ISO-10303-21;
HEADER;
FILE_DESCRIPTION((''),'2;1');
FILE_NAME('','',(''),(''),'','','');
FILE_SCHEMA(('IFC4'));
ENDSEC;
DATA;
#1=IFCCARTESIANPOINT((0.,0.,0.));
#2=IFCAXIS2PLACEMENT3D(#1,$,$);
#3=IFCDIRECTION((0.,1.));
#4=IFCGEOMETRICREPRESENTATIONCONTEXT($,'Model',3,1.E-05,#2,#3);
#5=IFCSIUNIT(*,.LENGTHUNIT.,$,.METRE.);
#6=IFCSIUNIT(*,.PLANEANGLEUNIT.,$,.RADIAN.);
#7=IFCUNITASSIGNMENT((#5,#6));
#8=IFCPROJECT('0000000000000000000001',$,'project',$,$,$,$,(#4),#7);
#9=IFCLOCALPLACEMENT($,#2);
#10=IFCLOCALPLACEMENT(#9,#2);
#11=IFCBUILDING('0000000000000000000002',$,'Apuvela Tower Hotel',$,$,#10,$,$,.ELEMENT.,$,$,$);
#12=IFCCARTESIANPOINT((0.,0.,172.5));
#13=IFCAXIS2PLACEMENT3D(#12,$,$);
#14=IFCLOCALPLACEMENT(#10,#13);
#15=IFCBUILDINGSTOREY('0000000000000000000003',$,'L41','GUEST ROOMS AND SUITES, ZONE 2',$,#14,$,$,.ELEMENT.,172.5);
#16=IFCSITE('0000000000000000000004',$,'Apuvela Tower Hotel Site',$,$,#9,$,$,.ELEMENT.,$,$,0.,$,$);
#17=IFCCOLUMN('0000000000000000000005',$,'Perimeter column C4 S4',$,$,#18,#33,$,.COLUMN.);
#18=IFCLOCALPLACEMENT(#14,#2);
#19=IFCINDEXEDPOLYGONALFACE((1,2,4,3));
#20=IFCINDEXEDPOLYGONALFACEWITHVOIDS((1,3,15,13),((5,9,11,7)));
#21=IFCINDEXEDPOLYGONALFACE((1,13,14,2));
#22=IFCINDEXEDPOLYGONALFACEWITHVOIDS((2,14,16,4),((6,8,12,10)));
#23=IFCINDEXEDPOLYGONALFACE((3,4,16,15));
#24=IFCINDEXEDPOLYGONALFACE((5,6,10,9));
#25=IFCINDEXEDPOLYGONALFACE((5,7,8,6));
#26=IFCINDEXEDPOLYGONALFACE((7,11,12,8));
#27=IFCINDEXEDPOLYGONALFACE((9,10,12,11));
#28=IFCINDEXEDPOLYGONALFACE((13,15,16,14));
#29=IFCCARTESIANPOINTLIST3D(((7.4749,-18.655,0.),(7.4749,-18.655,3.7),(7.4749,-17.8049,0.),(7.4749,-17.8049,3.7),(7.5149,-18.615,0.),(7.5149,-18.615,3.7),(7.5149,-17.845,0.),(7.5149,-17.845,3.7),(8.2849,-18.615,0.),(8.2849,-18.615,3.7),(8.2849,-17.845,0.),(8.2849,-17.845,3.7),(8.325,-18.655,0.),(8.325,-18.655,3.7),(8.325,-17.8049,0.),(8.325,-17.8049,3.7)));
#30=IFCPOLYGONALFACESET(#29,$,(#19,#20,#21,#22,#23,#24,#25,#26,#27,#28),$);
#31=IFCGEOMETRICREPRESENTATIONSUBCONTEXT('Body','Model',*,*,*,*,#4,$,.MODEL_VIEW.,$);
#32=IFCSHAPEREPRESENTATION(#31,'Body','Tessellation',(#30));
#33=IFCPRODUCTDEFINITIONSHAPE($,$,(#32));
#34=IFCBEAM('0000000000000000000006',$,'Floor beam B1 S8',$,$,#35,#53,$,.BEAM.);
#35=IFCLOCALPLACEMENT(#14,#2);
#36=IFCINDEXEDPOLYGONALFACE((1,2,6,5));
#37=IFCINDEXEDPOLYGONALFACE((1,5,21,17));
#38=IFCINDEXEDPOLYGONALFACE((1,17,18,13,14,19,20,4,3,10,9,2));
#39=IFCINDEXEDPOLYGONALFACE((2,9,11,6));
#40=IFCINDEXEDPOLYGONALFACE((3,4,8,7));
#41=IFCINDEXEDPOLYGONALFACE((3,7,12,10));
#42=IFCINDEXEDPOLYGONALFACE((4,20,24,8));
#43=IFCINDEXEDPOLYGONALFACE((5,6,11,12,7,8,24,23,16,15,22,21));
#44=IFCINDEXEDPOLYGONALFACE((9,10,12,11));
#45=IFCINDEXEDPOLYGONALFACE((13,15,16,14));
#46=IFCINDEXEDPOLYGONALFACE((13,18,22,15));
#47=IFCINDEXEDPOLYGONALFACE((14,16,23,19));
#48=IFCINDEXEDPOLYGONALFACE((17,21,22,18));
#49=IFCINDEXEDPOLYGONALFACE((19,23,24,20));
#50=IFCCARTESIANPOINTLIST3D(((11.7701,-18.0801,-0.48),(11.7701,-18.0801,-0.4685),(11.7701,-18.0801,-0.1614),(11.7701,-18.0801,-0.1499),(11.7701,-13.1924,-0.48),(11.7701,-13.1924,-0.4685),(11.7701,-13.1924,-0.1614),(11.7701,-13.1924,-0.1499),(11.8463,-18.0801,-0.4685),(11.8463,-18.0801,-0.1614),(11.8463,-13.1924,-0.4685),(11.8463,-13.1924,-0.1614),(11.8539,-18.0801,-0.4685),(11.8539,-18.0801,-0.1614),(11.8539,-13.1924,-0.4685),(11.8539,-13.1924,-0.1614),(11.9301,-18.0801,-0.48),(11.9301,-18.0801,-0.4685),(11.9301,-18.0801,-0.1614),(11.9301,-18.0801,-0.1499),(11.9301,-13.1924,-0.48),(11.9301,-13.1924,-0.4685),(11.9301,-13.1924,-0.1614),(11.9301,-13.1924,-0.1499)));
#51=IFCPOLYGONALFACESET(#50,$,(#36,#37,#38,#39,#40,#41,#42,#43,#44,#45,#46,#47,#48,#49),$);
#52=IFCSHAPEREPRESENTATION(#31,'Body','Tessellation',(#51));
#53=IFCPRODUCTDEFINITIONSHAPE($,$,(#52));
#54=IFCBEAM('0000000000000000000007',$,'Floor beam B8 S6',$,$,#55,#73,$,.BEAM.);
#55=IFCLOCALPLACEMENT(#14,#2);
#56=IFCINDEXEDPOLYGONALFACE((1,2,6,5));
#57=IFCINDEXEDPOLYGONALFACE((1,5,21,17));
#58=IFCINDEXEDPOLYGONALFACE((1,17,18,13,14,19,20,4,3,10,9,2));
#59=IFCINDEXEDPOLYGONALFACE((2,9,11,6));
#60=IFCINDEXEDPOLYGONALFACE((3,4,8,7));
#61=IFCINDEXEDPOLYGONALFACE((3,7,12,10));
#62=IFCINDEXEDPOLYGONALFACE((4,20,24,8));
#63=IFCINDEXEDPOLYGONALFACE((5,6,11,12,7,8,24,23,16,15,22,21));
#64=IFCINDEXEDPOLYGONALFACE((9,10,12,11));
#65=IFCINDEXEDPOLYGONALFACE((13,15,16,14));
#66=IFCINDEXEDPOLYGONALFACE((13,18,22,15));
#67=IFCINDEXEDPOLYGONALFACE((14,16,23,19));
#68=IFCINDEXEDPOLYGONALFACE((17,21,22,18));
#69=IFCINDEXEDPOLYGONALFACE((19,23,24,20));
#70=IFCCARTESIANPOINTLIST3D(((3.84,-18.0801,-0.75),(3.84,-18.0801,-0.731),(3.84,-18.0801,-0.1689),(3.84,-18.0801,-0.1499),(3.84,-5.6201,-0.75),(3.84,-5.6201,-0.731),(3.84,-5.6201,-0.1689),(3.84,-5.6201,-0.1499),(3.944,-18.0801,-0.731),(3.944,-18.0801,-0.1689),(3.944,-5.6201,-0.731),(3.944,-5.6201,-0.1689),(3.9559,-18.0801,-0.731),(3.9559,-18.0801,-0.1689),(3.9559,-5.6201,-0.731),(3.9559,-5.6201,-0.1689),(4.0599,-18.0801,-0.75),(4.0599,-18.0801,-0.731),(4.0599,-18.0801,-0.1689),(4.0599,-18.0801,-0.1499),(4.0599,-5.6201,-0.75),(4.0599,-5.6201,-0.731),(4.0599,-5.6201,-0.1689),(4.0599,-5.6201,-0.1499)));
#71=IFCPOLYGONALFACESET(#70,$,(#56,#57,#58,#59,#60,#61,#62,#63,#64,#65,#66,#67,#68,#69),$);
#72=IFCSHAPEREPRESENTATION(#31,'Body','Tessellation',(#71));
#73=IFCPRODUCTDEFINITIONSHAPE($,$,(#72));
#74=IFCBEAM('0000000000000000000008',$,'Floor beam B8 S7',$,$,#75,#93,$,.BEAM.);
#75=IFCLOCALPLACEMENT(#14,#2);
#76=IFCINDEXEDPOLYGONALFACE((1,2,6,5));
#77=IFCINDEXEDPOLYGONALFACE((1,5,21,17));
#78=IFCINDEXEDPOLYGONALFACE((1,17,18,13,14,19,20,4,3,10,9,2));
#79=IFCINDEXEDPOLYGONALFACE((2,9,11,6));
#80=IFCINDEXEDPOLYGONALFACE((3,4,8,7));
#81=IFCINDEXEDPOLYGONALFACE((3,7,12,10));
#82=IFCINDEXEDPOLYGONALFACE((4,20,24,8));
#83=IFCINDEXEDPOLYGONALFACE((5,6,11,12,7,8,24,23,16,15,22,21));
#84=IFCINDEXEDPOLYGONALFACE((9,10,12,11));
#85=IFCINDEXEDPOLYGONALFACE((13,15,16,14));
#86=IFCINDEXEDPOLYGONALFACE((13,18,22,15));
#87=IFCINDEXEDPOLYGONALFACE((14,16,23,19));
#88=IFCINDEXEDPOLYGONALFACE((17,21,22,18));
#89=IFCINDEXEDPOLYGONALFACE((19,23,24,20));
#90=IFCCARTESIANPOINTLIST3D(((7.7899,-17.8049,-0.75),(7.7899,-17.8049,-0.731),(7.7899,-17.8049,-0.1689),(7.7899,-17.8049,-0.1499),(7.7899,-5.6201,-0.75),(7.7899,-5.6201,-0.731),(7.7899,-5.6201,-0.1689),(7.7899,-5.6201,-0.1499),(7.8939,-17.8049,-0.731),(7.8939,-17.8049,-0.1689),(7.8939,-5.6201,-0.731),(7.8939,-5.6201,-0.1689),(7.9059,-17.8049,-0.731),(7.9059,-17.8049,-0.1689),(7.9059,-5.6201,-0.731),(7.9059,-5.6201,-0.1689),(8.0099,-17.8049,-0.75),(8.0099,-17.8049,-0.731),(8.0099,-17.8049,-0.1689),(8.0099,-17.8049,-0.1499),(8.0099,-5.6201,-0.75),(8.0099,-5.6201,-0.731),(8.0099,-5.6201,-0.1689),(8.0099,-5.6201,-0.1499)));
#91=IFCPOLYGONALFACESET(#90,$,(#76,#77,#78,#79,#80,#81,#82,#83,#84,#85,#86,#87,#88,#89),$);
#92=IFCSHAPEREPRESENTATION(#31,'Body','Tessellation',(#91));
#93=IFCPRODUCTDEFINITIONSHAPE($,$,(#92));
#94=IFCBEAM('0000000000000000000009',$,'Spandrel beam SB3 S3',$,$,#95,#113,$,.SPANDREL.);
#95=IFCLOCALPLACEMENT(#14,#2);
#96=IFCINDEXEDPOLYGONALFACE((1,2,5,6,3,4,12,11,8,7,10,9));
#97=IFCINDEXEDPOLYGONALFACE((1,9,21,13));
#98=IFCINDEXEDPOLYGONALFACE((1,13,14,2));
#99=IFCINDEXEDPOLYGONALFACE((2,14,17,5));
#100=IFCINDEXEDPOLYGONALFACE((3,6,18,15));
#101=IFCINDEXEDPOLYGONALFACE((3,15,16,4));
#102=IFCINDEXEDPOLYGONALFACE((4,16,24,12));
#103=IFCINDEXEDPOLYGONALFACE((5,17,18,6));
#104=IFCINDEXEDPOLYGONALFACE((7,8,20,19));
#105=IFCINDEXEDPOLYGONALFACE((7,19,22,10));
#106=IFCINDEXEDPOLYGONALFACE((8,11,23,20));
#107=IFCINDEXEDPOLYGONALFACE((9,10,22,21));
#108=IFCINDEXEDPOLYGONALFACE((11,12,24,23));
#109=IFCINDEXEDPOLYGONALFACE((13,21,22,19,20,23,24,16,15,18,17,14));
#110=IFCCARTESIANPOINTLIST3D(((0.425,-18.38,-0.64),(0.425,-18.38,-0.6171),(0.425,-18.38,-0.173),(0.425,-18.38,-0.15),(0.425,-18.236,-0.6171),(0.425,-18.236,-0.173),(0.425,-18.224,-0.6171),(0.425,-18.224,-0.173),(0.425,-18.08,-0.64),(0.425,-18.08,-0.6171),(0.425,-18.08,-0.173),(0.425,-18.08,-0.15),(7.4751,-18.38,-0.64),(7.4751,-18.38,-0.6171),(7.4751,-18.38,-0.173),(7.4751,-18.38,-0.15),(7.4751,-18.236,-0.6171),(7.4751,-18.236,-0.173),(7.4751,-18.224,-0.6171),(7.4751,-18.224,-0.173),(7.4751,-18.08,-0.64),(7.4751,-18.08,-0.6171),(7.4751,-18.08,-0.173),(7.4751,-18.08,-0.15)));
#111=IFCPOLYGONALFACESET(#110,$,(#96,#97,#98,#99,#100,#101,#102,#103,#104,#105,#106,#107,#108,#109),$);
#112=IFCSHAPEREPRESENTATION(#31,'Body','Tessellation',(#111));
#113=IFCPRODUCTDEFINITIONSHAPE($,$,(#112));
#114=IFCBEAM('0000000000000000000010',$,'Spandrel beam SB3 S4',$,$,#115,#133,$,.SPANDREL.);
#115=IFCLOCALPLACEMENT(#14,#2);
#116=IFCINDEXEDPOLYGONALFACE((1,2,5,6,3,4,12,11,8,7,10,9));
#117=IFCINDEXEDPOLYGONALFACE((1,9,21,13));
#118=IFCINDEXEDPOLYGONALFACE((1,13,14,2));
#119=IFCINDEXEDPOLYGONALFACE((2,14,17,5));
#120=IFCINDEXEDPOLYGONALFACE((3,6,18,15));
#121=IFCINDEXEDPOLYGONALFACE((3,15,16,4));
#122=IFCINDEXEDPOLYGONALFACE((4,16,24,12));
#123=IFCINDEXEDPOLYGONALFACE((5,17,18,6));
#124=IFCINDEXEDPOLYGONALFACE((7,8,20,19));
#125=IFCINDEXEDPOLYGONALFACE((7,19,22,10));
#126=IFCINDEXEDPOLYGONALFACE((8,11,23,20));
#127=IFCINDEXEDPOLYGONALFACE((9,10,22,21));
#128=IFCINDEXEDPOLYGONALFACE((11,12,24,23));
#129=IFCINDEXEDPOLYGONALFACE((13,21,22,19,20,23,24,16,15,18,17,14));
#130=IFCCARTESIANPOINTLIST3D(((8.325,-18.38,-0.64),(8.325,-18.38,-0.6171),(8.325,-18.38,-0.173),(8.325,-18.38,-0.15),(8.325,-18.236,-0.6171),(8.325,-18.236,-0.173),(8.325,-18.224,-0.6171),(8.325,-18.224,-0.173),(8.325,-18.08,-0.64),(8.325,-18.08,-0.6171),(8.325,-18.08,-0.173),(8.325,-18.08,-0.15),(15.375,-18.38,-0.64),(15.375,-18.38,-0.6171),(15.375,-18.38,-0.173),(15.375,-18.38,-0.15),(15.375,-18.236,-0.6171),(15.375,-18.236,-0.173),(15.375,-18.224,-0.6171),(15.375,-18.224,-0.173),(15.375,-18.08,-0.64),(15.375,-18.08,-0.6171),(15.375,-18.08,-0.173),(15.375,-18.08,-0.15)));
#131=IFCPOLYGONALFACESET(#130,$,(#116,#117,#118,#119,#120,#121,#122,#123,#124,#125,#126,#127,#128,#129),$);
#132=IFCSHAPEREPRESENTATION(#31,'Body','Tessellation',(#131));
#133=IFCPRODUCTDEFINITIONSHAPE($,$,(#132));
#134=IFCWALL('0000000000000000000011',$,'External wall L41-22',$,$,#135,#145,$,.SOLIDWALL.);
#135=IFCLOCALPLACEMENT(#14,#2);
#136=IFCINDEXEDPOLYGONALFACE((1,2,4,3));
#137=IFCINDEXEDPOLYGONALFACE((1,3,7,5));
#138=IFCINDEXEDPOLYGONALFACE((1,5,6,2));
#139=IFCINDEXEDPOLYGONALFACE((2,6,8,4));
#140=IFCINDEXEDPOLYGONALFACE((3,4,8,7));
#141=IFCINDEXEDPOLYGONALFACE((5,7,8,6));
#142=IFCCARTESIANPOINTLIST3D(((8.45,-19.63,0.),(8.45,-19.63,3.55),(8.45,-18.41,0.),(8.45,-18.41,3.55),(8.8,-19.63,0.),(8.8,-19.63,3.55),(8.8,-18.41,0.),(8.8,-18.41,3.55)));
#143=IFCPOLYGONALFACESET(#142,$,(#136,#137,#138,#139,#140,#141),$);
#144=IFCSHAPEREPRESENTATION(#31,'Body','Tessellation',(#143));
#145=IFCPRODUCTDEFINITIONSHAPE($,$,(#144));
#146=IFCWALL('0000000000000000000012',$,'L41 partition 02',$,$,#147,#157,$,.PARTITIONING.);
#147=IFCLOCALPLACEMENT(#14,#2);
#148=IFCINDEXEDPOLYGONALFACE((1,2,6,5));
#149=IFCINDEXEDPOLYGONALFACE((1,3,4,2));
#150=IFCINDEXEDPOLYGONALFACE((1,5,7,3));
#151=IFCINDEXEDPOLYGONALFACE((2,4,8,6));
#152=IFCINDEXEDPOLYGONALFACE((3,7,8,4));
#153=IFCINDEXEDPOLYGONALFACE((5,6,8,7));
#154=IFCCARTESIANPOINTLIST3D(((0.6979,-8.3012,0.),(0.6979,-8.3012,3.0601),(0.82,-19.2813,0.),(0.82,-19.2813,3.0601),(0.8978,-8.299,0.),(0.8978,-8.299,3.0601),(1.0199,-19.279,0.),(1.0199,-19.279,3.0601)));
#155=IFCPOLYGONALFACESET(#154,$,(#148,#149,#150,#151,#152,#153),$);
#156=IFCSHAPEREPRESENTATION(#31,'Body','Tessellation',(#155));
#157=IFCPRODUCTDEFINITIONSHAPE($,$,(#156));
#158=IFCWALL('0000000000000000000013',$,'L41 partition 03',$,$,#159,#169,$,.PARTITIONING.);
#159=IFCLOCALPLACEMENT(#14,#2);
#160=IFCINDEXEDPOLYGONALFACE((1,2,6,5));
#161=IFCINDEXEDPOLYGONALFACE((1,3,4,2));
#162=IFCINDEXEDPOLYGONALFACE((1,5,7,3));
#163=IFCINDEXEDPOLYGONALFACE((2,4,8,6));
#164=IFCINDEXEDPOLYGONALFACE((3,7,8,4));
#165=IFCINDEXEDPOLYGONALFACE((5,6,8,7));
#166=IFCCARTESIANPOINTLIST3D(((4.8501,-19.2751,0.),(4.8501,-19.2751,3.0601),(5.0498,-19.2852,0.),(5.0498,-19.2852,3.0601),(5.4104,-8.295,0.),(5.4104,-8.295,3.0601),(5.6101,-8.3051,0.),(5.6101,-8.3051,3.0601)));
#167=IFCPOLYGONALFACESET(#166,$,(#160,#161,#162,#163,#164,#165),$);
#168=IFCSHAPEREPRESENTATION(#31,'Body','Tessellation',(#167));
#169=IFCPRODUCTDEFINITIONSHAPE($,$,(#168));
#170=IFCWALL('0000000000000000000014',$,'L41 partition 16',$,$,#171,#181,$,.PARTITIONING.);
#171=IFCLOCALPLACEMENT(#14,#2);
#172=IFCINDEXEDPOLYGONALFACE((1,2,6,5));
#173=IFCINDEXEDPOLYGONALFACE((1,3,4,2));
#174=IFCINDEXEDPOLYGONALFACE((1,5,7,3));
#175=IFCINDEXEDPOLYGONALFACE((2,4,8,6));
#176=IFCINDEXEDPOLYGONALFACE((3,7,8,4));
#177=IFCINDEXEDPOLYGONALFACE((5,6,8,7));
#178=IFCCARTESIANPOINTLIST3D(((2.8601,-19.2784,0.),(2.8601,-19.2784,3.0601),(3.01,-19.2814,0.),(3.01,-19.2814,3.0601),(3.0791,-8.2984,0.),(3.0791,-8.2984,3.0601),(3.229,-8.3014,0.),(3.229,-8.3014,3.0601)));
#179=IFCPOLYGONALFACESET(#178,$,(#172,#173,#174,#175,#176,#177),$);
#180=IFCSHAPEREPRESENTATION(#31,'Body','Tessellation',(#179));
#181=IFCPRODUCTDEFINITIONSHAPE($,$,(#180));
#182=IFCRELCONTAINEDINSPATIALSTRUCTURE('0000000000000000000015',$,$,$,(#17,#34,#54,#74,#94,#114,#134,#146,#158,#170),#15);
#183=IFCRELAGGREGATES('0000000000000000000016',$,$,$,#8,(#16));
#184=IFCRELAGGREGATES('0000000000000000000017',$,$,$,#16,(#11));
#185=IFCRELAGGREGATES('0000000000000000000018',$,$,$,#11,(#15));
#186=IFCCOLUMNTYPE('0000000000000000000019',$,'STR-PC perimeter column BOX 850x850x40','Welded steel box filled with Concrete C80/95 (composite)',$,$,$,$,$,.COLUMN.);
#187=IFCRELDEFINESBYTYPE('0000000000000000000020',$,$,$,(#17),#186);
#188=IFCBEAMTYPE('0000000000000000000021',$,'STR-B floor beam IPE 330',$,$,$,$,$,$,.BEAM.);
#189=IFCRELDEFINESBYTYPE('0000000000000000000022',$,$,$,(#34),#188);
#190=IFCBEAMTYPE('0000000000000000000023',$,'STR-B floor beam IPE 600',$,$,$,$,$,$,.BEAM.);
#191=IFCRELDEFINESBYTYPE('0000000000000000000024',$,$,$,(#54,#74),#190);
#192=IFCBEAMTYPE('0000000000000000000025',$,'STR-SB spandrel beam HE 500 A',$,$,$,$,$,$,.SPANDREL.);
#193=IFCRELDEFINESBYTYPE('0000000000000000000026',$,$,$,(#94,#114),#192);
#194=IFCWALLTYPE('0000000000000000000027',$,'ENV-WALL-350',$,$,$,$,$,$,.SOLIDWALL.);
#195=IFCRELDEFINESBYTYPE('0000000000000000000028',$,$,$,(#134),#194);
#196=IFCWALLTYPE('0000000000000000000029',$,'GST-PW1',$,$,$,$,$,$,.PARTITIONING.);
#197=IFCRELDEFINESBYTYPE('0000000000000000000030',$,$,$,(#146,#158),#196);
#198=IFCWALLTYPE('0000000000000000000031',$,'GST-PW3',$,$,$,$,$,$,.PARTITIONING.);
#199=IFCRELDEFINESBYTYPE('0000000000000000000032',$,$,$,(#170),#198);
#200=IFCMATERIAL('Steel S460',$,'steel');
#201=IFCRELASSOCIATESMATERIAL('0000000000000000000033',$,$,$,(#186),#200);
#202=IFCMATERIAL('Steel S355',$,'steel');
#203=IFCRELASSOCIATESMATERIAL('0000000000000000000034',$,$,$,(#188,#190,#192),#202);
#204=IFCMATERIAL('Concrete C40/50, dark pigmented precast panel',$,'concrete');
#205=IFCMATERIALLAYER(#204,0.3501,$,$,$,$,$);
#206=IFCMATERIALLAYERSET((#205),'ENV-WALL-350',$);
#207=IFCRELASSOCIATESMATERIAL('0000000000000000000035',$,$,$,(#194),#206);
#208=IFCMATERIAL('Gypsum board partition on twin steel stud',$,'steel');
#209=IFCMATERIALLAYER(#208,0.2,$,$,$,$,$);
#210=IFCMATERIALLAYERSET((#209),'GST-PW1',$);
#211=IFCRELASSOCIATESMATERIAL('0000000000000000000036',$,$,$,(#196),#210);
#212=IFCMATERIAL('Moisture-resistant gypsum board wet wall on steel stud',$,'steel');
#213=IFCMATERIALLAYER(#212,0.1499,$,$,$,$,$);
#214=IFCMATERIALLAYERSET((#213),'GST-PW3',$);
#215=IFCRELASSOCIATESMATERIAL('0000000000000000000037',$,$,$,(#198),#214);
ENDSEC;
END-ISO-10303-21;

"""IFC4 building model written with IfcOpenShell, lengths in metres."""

from ifc_helpers import new_model, si_unit, direction, frame, frame_2d, origin, origin_2d, place, context, subcontext, project, spatial, rectangle, hollow_rectangle, i_section, extrude, material, layer, layer_set, material_profile, profile_set, type_object, element, save


model = new_model("IFC4")

# Units and contexts
model_context = context("Model", 3, precision=1e-05, world=origin(), true_north=direction((0.0, 1.0)))
body_context = subcontext(model_context, "Body", "Model", "MODEL_VIEW")
ifc_project = project(units=[si_unit("LENGTHUNIT", "METRE"), si_unit("PLANEANGLEUNIT", "RADIAN")], contexts=[model_context])

# Site, building, storey
site_placement = place(None, origin())
site = spatial("IfcSite", under=ifc_project, at=site_placement, Name="Apuvela Tower Hotel Site", CompositionType="ELEMENT", RefElevation=0.0)
building_placement = place(site_placement, origin())
building = spatial("IfcBuilding", under=site, at=building_placement, Name="Apuvela Tower Hotel", CompositionType="ELEMENT")
storey_placement = place(building_placement, frame((0.0, 0.0, 172.5)))
storey = spatial("IfcBuildingStorey", under=building, at=storey_placement, Name="L41", Description="GUEST ROOMS AND SUITES, ZONE 2", CompositionType="ELEMENT", Elevation=172.5)

# Column
ifc_material_1 = material(Name="Steel S460", Category="steel")
ifc_material_profile_1 = material_profile(ifc_material_1, hollow_rectangle(XDim=0.8501, YDim=0.8501, WallThickness=0.04, at=origin_2d()), Name="BOX 850x850x40")
ifc_material_2 = material(Name="Concrete C80/95", Category="concrete")
ifc_material_profile_2 = material_profile(ifc_material_2, rectangle(XDim=0.77, YDim=0.77, at=origin_2d()), Name="Concrete C80/95 infill")
ifc_profile_set_1 = profile_set([ifc_material_profile_1, ifc_material_profile_2], Name="Steel S460")
column_type = type_object("IfcColumnType", Name="STR-PC perimeter column BOX 850x850x40", Description="Welded steel box filled with Concrete C80/95 (composite)", PredefinedType="COLUMN", material=ifc_profile_set_1)
column_placement = place(storey_placement, frame((7.8999, -18.23, 0.0), z_axis=(0.0, 0.0, 1.0), x_axis=(-1.0, 0.0, 0.0)))
element("IfcColumn", 1, at=column_placement, inside=storey, type_object=column_type, Name="Perimeter column C4 S4", PredefinedType="COLUMN", context=body_context, shape_type="SweptSolid", body=[
    extrude(hollow_rectangle(XDim=0.8501, YDim=0.8501, WallThickness=0.04, at=origin_2d()), origin(), (0.0, 0.0, 1.0), 3.7),
])

# Beams
ifc_material_3 = material(Name="Steel S355", Category="steel")
ifc_material_profile_3 = material_profile(ifc_material_3, i_section(OverallWidth=0.1599, OverallDepth=0.3301, WebThickness=0.0076, FlangeThickness=0.0115, at=origin_2d()), Name="IPE 330")
ifc_profile_set_2 = profile_set([ifc_material_profile_3], Name="Steel S355")
beam_type_1 = type_object("IfcBeamType", Name="STR-B floor beam IPE 330", PredefinedType="BEAM", material=ifc_profile_set_2)
beam_1_placement = place(storey_placement, frame((11.8501, -18.0801, -0.3149), z_axis=(0.0, 1.0, 0.0), x_axis=(-1.0, 0.0, 0.0)))
element("IfcBeam", 2, at=beam_1_placement, inside=storey, type_object=beam_type_1, Name="Floor beam B1 S8", PredefinedType="BEAM", context=body_context, shape_type="SweptSolid", body=[
    extrude(i_section(OverallWidth=0.1599, OverallDepth=0.3301, WebThickness=0.0076, FlangeThickness=0.0115, at=origin_2d()), origin(), (0.0, 0.0, 1.0), 4.8877),
])
ifc_material_profile_4 = material_profile(ifc_material_3, i_section(OverallWidth=0.22, OverallDepth=0.6001, WebThickness=0.012, FlangeThickness=0.019, at=origin_2d()), Name="IPE 600")
ifc_profile_set_3 = profile_set([ifc_material_profile_4], Name="Steel S355")
beam_type_2 = type_object("IfcBeamType", Name="STR-B floor beam IPE 600", PredefinedType="BEAM", material=ifc_profile_set_3)
beam_2_placement = place(storey_placement, frame((3.95, -18.0801, -0.45), z_axis=(0.0, 1.0, 0.0), x_axis=(-1.0, 0.0, 0.0)))
element("IfcBeam", 3, at=beam_2_placement, inside=storey, type_object=beam_type_2, Name="Floor beam B8 S6", PredefinedType="BEAM", context=body_context, shape_type="SweptSolid", body=[
    extrude(i_section(OverallWidth=0.22, OverallDepth=0.6001, WebThickness=0.012, FlangeThickness=0.019, at=origin_2d()), origin(), (0.0, 0.0, 1.0), 12.46),
])
beam_3_placement = place(storey_placement, frame((7.8999, -17.8049, -0.45), z_axis=(0.0, 1.0, 0.0), x_axis=(-1.0, 0.0, 0.0)))
element("IfcBeam", 4, at=beam_3_placement, inside=storey, type_object=beam_type_2, Name="Floor beam B8 S7", PredefinedType="BEAM", context=body_context, shape_type="SweptSolid", body=[
    extrude(i_section(OverallWidth=0.22, OverallDepth=0.6001, WebThickness=0.012, FlangeThickness=0.019, at=origin_2d()), origin(), (0.0, 0.0, 1.0), 12.1848),
])
ifc_material_profile_5 = material_profile(ifc_material_3, i_section(OverallWidth=0.3, OverallDepth=0.49, WebThickness=0.012, FlangeThickness=0.0229, at=origin_2d()), Name="HE 500 A")
ifc_profile_set_4 = profile_set([ifc_material_profile_5], Name="Steel S355")
beam_type_3 = type_object("IfcBeamType", Name="STR-SB spandrel beam HE 500 A", PredefinedType="SPANDREL", material=ifc_profile_set_4)
for number, where, z_axis, x_axis, name in (
    (5, (0.425, -18.23, -0.395), (1.0, 0.0, 0.0), (0.0, 1.0, 0.0), "Spandrel beam SB3 S3"),
    (6, (8.325, -18.23, -0.395), (1.0, 0.0, 0.0), (0.0, 1.0, 0.0), "Spandrel beam SB3 S4"),
):
    element("IfcBeam", number, at=place(storey_placement, frame(where, z_axis=z_axis, x_axis=x_axis)), inside=storey, type_object=beam_type_3, Name=name, PredefinedType="SPANDREL", context=body_context, shape_type="SweptSolid", body=[
        extrude(i_section(OverallWidth=0.3, OverallDepth=0.49, WebThickness=0.012, FlangeThickness=0.0229, at=origin_2d()), origin(), (0.0, 0.0, 1.0), 7.05),
    ])

# Wall
ifc_material_4 = material(Name="Concrete C40/50, dark pigmented precast panel", Category="concrete")
ifc_layer_1 = layer(ifc_material_4, 0.3501)
ifc_layer_set_1 = layer_set([ifc_layer_1], Name="ENV-WALL-350")
wall_type_1 = type_object("IfcWallType", Name="ENV-WALL-350", PredefinedType="SOLIDWALL", material=ifc_layer_set_1)
wall_1_placement = place(storey_placement, frame((8.625, -19.6299, 0.0), z_axis=(0.0, 0.0, 1.0), x_axis=(0.0, 1.0, 0.0)))
element("IfcWall", 7, at=wall_1_placement, inside=storey, type_object=wall_type_1, Name="External wall L41-22", PredefinedType="SOLIDWALL", context=body_context, shape_type="SweptSolid", body=[
    extrude(rectangle(XDim=1.22, YDim=0.3501, at=frame_2d((0.6099, 0.0))), origin(), (0.0, 0.0, 1.0), 3.55),
])

# Walls
ifc_material_5 = material(Name="Gypsum board partition on twin steel stud", Category="steel")
ifc_layer_2 = layer(ifc_material_5, 0.2)
ifc_layer_set_2 = layer_set([ifc_layer_2], Name="GST-PW1")
wall_type_2 = type_object("IfcWallType", Name="GST-PW1", PredefinedType="PARTITIONING", material=ifc_layer_set_2)
wall_2_placement = place(storey_placement, frame((0.9199, -19.28, 0.0), z_axis=(0.0, 0.0, 1.0), x_axis=(-0.011117, 0.999938, 0.0)))
element("IfcWall", 8, at=wall_2_placement, inside=storey, type_object=wall_type_2, Name="L41 partition 02", PredefinedType="PARTITIONING", context=body_context, shape_type="SweptSolid", body=[
    extrude(rectangle(XDim=10.9807, YDim=0.2, at=frame_2d((5.4902, 0.0))), origin(), (0.0, 0.0, 1.0), 3.0601),
])
wall_3_placement = place(storey_placement, frame((4.95, -19.28, 0.0), z_axis=(0.0, 0.0, 1.0), x_axis=(0.050963, 0.998701, 0.0)))
element("IfcWall", 9, at=wall_3_placement, inside=storey, type_object=wall_type_2, Name="L41 partition 03", PredefinedType="PARTITIONING", context=body_context, shape_type="SweptSolid", body=[
    extrude(rectangle(XDim=10.9944, YDim=0.2, at=frame_2d((5.4971, 0.0))), origin(), (0.0, 0.0, 1.0), 3.0601),
])
ifc_material_6 = material(Name="Moisture-resistant gypsum board wet wall on steel stud", Category="steel")
ifc_layer_3 = layer(ifc_material_6, 0.1499)
ifc_layer_set_3 = layer_set([ifc_layer_3], Name="GST-PW3")
wall_type_3 = type_object("IfcWallType", Name="GST-PW3", PredefinedType="PARTITIONING", material=ifc_layer_set_3)
wall_4_placement = place(storey_placement, frame((2.9351, -19.28, 0.0), z_axis=(0.0, 0.0, 1.0), x_axis=(0.019941, 0.999801, 0.0)))
element("IfcWall", 10, at=wall_4_placement, inside=storey, type_object=wall_type_3, Name="L41 partition 16", PredefinedType="PARTITIONING", context=body_context, shape_type="SweptSolid", body=[
    extrude(rectangle(XDim=10.9822, YDim=0.1499, at=frame_2d((5.4912, 0.0))), origin(), (0.0, 0.0, 1.0), 3.0601),
])

save(model, "model.ifc")
